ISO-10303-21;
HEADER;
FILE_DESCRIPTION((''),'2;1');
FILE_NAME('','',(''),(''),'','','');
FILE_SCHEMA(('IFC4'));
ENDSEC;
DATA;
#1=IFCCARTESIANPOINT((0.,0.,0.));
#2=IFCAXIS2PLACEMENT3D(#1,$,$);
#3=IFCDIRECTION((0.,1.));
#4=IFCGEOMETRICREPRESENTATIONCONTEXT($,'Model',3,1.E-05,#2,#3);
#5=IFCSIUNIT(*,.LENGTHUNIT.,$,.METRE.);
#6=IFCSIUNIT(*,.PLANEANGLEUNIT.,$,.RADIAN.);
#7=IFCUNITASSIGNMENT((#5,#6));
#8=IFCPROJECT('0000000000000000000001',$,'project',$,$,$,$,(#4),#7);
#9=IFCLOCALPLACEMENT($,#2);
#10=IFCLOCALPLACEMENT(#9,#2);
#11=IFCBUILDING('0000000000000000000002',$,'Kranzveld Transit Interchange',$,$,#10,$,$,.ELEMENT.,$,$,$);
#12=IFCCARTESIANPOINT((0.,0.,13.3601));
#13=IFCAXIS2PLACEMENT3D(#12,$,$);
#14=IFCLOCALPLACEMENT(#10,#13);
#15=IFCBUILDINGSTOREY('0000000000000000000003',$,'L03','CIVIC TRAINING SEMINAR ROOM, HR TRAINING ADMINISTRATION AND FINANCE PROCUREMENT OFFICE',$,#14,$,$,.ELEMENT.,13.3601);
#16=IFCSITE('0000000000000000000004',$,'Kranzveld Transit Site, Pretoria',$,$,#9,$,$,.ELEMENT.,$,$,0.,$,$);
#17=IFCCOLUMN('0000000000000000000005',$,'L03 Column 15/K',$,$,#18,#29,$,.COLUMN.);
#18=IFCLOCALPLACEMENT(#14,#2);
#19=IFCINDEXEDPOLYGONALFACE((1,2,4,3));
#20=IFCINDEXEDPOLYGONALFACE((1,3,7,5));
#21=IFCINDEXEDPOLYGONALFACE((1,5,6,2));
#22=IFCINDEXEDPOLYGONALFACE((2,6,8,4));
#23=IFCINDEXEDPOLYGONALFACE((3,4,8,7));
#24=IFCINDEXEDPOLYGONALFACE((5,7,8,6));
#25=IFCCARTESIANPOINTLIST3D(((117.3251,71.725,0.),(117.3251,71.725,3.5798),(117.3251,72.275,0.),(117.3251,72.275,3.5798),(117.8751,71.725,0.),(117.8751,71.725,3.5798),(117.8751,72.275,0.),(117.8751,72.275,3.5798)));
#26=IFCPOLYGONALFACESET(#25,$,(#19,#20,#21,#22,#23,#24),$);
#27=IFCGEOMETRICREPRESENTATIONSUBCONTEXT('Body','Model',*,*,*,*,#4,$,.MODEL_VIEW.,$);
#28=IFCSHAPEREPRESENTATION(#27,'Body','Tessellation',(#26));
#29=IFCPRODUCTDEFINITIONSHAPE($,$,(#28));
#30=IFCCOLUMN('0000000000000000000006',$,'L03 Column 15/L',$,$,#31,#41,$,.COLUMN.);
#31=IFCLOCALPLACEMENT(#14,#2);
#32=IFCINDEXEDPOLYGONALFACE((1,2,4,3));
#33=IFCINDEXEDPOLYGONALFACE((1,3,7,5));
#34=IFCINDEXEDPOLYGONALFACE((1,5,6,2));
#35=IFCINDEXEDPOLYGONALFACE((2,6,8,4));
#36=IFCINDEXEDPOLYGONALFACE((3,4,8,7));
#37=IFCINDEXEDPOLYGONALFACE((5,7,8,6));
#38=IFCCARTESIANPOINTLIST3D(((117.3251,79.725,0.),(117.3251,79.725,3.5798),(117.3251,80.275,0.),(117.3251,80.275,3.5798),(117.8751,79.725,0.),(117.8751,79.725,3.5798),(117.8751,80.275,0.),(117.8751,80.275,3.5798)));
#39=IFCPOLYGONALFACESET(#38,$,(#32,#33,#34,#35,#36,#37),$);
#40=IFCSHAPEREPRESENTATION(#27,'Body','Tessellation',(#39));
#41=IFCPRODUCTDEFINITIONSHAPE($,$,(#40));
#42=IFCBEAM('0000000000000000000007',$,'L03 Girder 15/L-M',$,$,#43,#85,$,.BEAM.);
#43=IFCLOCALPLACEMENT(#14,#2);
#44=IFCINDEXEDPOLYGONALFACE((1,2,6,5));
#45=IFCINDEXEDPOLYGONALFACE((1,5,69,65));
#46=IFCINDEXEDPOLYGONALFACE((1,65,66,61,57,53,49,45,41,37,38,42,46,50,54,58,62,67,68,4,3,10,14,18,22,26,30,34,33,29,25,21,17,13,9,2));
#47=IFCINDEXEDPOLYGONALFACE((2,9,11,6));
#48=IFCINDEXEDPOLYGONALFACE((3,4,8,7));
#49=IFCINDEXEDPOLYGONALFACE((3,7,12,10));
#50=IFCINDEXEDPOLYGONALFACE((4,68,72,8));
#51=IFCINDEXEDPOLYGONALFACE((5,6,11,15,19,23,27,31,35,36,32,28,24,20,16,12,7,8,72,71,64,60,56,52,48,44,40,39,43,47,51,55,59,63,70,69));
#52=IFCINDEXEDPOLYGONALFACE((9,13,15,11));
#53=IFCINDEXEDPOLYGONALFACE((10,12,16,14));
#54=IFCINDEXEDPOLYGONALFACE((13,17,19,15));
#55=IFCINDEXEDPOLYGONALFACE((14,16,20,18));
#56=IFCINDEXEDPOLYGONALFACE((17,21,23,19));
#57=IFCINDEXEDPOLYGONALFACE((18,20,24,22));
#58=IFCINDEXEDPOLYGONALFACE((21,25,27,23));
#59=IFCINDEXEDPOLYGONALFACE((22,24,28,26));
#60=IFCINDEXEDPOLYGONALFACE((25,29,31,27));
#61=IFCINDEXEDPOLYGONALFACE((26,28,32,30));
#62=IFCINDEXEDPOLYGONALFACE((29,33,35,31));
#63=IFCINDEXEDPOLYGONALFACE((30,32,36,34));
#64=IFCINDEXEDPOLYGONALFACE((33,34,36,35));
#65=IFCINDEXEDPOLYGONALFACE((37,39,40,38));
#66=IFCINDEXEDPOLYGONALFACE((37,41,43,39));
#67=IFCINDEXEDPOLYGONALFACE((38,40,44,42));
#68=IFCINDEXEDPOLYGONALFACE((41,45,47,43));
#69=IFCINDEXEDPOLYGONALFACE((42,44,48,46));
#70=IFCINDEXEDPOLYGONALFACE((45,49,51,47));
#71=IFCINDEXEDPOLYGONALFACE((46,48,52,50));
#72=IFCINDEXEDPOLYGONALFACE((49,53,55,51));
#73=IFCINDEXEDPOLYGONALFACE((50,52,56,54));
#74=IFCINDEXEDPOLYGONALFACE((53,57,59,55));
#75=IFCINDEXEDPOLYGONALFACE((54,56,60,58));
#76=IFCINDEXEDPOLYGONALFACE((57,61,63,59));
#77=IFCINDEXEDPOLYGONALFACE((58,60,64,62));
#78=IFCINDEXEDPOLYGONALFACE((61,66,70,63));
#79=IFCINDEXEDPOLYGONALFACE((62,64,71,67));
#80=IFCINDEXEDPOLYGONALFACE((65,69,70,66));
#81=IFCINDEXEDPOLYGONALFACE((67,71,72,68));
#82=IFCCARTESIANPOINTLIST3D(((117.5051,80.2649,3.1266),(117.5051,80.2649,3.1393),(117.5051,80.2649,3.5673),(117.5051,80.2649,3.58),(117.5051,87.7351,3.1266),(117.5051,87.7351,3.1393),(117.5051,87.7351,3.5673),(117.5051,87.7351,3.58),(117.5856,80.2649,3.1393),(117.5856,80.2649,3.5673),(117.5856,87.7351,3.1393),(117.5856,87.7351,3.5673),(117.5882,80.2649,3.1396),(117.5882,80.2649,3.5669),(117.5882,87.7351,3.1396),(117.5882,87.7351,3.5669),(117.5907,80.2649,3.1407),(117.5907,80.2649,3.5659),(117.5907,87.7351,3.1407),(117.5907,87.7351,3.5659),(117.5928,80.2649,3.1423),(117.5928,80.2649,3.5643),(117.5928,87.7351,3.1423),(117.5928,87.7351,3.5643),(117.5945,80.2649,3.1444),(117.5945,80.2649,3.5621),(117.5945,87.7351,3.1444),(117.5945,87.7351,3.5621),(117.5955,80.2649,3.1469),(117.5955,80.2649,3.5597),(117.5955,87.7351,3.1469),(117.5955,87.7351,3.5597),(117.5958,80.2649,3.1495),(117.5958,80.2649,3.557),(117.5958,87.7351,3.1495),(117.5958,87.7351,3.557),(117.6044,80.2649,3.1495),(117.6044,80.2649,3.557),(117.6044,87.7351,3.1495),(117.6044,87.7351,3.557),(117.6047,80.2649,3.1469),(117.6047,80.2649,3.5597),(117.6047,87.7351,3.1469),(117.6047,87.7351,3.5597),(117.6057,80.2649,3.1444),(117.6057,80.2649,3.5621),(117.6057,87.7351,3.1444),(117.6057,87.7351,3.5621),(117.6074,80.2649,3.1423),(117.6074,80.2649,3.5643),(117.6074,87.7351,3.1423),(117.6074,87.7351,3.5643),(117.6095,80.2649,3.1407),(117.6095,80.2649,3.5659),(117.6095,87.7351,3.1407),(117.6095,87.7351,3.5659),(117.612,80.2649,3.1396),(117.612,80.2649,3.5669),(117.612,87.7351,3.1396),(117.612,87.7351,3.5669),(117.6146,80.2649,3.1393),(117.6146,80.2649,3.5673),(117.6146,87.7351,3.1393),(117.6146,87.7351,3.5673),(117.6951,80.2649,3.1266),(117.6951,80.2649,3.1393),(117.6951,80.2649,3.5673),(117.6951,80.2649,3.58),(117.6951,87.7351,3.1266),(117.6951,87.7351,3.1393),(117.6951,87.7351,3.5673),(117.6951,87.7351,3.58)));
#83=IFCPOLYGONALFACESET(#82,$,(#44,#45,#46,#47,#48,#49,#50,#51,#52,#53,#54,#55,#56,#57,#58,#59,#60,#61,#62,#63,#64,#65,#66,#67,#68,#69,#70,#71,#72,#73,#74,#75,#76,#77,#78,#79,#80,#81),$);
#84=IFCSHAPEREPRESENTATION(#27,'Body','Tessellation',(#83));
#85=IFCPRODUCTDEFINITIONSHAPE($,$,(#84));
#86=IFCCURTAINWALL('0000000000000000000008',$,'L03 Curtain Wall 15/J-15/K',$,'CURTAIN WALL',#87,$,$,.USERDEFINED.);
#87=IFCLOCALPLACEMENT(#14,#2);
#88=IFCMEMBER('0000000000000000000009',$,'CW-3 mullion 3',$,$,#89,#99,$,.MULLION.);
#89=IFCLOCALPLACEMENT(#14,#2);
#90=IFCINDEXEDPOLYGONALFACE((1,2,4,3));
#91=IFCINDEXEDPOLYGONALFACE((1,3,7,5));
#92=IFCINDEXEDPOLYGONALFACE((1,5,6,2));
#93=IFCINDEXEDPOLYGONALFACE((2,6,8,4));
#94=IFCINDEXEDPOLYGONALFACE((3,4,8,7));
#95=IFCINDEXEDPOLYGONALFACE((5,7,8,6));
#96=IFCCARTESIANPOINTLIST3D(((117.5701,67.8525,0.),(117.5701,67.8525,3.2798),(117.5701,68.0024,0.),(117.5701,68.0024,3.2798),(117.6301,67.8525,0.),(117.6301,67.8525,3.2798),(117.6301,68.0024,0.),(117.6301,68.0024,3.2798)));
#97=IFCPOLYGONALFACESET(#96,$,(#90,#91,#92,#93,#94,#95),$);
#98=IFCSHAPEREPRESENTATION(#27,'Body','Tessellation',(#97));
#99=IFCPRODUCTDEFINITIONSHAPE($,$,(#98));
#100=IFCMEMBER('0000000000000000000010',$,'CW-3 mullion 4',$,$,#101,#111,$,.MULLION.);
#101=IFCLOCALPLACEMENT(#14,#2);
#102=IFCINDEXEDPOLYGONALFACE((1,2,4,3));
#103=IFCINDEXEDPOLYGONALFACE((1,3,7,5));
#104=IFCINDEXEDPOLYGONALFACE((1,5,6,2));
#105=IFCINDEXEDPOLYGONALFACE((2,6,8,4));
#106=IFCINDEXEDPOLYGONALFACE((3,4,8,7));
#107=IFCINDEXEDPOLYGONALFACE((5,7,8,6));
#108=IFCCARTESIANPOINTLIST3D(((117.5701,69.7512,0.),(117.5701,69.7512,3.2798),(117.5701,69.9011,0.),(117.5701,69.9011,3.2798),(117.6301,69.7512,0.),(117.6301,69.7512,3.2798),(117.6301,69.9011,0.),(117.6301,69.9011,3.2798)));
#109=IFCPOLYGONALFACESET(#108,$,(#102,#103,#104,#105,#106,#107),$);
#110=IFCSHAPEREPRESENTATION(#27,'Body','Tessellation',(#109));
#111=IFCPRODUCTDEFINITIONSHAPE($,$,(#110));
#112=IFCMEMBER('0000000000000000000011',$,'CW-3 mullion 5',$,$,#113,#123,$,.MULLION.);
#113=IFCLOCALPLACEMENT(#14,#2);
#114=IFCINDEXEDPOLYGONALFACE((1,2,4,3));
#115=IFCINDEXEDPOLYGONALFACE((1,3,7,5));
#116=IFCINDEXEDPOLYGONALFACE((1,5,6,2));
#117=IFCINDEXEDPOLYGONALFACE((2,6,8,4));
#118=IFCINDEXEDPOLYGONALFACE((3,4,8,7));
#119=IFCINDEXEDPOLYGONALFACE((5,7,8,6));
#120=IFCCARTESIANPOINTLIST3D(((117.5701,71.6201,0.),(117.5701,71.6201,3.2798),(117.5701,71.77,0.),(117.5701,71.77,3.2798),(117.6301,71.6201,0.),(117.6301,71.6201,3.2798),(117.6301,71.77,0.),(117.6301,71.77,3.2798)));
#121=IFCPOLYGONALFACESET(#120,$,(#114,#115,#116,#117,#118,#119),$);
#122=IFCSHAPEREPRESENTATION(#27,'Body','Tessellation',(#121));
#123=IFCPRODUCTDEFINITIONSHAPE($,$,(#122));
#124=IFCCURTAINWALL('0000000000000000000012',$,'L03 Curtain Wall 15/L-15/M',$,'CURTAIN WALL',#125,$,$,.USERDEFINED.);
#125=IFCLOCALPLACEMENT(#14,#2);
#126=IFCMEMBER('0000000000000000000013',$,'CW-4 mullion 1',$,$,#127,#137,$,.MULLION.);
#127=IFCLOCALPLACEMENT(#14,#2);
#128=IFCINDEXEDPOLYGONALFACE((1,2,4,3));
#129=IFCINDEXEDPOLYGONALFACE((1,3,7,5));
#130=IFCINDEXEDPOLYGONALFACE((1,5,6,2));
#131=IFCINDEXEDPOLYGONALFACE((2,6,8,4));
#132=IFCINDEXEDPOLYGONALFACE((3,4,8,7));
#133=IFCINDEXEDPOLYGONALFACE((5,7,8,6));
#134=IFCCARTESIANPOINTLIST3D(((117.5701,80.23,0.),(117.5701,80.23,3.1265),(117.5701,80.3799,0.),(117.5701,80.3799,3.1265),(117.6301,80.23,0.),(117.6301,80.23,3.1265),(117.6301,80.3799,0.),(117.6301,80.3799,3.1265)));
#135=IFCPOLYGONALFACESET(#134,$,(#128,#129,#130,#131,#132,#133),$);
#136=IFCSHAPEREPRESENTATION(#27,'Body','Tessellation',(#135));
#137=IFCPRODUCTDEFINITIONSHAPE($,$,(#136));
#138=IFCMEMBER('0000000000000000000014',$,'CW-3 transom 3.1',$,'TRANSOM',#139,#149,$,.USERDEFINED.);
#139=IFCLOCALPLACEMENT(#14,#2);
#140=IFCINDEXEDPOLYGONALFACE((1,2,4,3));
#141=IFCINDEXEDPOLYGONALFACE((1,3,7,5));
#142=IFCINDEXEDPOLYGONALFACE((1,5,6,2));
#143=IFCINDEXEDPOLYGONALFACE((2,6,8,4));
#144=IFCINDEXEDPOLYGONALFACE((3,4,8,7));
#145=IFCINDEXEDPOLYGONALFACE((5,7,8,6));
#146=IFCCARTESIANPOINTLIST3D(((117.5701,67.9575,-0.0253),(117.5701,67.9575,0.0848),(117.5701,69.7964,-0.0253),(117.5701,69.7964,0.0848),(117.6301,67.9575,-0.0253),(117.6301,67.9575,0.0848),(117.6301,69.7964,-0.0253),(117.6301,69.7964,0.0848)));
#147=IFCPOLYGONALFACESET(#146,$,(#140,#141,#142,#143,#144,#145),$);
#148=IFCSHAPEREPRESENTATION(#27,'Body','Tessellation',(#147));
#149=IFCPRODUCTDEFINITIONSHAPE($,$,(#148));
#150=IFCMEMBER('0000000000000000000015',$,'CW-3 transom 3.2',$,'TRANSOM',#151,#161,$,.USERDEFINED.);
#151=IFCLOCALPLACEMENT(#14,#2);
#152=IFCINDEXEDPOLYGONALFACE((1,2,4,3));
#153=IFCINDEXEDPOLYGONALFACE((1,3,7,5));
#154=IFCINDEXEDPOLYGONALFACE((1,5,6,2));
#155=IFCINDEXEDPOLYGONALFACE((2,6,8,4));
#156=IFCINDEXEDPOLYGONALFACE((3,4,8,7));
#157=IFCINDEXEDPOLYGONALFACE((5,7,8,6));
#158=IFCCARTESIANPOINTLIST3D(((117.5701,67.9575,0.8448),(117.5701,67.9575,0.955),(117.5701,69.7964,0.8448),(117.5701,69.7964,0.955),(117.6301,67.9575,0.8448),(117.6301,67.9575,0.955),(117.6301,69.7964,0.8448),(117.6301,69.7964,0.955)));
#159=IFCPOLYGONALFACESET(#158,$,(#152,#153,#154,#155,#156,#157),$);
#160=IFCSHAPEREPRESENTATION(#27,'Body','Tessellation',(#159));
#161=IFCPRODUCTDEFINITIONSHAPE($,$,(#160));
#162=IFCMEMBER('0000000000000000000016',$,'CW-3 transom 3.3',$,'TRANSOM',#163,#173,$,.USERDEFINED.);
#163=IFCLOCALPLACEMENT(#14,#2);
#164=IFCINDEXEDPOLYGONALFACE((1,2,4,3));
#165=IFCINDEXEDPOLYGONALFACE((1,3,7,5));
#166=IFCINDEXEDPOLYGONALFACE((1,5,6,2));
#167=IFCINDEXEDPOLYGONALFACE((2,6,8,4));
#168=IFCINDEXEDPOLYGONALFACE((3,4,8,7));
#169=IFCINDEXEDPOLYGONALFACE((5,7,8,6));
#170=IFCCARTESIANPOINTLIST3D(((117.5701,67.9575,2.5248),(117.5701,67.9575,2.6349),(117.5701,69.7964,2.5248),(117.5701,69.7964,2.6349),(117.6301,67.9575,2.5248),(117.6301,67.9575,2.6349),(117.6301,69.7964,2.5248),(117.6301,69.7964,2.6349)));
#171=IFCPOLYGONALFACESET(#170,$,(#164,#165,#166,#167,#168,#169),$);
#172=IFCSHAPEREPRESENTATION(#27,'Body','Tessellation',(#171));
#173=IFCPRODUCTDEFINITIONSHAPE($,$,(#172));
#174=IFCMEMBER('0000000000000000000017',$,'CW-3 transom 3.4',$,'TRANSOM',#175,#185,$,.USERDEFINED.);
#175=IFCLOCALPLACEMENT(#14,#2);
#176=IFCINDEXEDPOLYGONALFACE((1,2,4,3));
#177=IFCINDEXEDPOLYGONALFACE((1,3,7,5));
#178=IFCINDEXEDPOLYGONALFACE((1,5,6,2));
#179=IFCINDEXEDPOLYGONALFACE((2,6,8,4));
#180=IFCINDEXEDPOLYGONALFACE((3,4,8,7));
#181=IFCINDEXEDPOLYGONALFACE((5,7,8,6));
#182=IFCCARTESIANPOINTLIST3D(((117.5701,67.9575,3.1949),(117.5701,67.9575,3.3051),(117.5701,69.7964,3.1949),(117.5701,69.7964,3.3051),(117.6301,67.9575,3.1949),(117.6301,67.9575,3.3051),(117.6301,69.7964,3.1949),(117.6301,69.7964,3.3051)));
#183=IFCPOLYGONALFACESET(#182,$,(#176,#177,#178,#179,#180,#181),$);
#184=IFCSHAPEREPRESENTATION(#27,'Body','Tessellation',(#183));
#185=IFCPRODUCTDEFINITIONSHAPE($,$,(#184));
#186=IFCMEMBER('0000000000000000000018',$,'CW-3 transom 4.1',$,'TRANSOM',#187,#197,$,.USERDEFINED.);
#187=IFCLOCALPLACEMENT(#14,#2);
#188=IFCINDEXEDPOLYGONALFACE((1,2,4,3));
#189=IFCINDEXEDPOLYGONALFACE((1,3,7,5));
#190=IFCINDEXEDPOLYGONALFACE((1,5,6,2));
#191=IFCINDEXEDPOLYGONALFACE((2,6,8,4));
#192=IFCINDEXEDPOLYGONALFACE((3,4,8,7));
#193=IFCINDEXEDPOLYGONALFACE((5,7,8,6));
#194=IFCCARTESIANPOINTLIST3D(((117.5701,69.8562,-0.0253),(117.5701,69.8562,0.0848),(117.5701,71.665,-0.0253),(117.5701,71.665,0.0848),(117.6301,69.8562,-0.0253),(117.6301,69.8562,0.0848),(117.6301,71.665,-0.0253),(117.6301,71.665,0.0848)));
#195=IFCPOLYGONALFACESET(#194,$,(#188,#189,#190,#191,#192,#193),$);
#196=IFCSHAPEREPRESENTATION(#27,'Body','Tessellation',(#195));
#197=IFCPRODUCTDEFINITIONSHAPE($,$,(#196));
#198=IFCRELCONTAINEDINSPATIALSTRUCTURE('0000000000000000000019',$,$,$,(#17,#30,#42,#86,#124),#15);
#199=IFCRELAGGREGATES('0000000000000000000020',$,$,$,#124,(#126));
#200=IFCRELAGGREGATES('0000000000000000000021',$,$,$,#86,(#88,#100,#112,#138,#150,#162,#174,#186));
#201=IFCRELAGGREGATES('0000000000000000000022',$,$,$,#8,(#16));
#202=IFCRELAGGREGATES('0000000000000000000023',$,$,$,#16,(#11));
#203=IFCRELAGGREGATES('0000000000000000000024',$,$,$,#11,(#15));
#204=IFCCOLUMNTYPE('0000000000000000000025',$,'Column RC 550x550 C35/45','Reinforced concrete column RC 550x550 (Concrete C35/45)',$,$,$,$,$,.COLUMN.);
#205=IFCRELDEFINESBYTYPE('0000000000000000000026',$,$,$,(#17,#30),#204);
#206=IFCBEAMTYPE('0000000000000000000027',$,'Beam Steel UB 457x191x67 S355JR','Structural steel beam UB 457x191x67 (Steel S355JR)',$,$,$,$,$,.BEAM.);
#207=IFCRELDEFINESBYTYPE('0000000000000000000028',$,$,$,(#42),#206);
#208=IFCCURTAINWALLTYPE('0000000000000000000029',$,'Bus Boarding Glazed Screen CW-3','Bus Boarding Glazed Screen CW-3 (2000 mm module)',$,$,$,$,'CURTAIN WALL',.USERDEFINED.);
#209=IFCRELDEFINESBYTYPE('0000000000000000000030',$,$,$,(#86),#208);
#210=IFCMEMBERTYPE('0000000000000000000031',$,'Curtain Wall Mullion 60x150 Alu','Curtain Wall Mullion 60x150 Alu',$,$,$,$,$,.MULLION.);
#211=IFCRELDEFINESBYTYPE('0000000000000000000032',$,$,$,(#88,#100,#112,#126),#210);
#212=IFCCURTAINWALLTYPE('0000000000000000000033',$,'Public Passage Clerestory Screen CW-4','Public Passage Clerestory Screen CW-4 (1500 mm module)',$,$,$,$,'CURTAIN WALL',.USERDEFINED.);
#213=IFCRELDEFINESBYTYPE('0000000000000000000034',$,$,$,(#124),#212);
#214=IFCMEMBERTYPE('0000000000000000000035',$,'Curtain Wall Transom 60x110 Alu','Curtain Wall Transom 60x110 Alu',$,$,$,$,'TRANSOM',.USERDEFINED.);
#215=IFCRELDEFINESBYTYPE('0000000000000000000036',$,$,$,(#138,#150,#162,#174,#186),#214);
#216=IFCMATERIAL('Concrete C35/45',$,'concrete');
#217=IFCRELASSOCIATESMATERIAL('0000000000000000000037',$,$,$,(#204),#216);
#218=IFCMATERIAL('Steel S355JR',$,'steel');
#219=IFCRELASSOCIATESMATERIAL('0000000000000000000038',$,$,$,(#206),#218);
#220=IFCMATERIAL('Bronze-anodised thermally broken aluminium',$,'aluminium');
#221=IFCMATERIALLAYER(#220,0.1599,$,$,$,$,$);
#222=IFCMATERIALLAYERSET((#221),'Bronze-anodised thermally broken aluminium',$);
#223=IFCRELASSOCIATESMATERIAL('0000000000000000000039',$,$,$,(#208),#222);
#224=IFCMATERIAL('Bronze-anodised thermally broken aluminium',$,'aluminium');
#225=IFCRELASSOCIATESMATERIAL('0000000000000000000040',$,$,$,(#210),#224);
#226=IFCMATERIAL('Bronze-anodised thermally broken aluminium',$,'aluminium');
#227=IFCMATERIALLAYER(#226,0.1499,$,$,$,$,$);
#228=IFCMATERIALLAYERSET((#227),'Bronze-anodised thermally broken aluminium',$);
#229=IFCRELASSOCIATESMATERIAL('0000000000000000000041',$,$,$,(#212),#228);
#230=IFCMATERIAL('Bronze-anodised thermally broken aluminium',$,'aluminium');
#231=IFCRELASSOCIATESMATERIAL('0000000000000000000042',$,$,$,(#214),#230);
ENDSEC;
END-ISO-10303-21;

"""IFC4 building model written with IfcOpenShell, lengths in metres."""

from ifc_helpers import new_model, si_unit, direction, frame, origin, origin_2d, place, context, subcontext, project, spatial, rectangle, i_section, extrude, material, layer, layer_set, material_profile, profile_set, type_object, element, aggregate, save


model = new_model("IFC4")

# Units and contexts
model_context = context("Model", 3, precision=1e-05, world=origin(), true_north=direction((0.0, 1.0)))
body_context = subcontext(model_context, "Body", "Model", "MODEL_VIEW")
ifc_project = project(units=[si_unit("LENGTHUNIT", "METRE"), si_unit("PLANEANGLEUNIT", "RADIAN")], contexts=[model_context])

# Site, building, storey
site_placement = place(None, origin())
site = spatial("IfcSite", under=ifc_project, at=site_placement, Name="Kranzveld Transit Site, Pretoria", CompositionType="ELEMENT", RefElevation=0.0)
building_placement = place(site_placement, origin())
building = spatial("IfcBuilding", under=site, at=building_placement, Name="Kranzveld Transit Interchange", CompositionType="ELEMENT")
storey_placement = place(building_placement, frame((0.0, 0.0, 13.3601)))
storey = spatial("IfcBuildingStorey", under=building, at=storey_placement, Name="L03", Description="CIVIC TRAINING SEMINAR ROOM, HR TRAINING ADMINISTRATION AND FINANCE PROCUREMENT OFFICE", CompositionType="ELEMENT", Elevation=13.3601)

# Columns
ifc_material_1 = material(Name="Concrete C35/45", Category="concrete")
ifc_material_profile_1 = material_profile(ifc_material_1, rectangle(XDim=0.55, YDim=0.55, at=origin_2d()), Name="RC 550x550")
ifc_profile_set_1 = profile_set([ifc_material_profile_1], Name="Concrete C35/45")
column_type = type_object("IfcColumnType", Name="Column RC 550x550 C35/45", Description="Reinforced concrete column RC 550x550 (Concrete C35/45)", PredefinedType="COLUMN", material=ifc_profile_set_1)
for number, where, z_axis, x_axis, name in (
    (1, (117.6001, 72.0, 0.0), (0.0, 0.0, 1.0), (1.0, 0.0, 0.0), "L03 Column 15/K"),
    (2, (117.6001, 80.0, 0.0), (0.0, 0.0, 1.0), (1.0, 0.0, 0.0), "L03 Column 15/L"),
):
    element("IfcColumn", number, at=place(storey_placement, frame(where, z_axis=z_axis, x_axis=x_axis)), inside=storey, type_object=column_type, Name=name, PredefinedType="COLUMN", context=body_context, shape_type="SweptSolid", body=[
        extrude(rectangle(XDim=0.55, YDim=0.55, at=origin_2d()), origin(), (0.0, 0.0, 1.0), 3.5798),
    ])

# Beam
ifc_material_2 = material(Name="Steel S355JR", Category="steel")
ifc_material_profile_2 = material_profile(ifc_material_2, i_section(OverallWidth=0.1899, OverallDepth=0.4534, WebThickness=0.0085, FlangeThickness=0.0127, FilletRadius=0.0103, at=origin_2d()), Name="UB 457x191x67")
ifc_profile_set_2 = profile_set([ifc_material_profile_2], Name="Steel S355JR")
beam_type_1 = type_object("IfcBeamType", Name="Beam Steel UB 457x191x67 S355JR", Description="Structural steel beam UB 457x191x67 (Steel S355JR)", PredefinedType="BEAM", material=ifc_profile_set_2)
beam_1_placement = place(storey_placement, frame((117.6001, 80.2649, 3.3533), z_axis=(0.0, 1.0, 0.0), x_axis=(-1.0, 0.0, 0.0)))
element("IfcBeam", 3, at=beam_1_placement, inside=storey, type_object=beam_type_1, Name="L03 Girder 15/L-M", PredefinedType="BEAM", context=body_context, shape_type="SweptSolid", body=[
    extrude(i_section(OverallWidth=0.1899, OverallDepth=0.4534, WebThickness=0.0085, FlangeThickness=0.0127, FilletRadius=0.0103, at=origin_2d()), origin(), (0.0, 0.0, 1.0), 7.4702),
])

# Curtain wall, members
ifc_material_3 = material(Name="Bronze-anodised thermally broken aluminium", Category="aluminium")
ifc_layer_1 = layer(ifc_material_3, 0.1599)
ifc_layer_set_1 = layer_set([ifc_layer_1], Name="Bronze-anodised thermally broken aluminium")
curtain_wall_type_1 = type_object("IfcCurtainWallType", Name="Bus Boarding Glazed Screen CW-3", Description="Bus Boarding Glazed Screen CW-3 (2000 mm module)", ElementType="CURTAIN WALL", PredefinedType="USERDEFINED", material=ifc_layer_set_1)
curtain_wall_1_placement = place(storey_placement, origin())
curtain_wall_1 = element("IfcCurtainWall", 4, at=curtain_wall_1_placement, inside=storey, type_object=curtain_wall_type_1, Name="L03 Curtain Wall 15/J-15/K", ObjectType="CURTAIN WALL", PredefinedType="USERDEFINED")
ifc_material_4 = material(Name="Bronze-anodised thermally broken aluminium", Category="aluminium")
ifc_material_profile_3 = material_profile(ifc_material_4, rectangle(XDim=0.0601, YDim=0.1499, at=origin_2d()), Name="ALU MULLION 60x150")
ifc_profile_set_3 = profile_set([ifc_material_profile_3], Name="Bronze-anodised thermally broken aluminium")
member_type_1 = type_object("IfcMemberType", Name="Curtain Wall Mullion 60x150 Alu", Description="Curtain Wall Mullion 60x150 Alu", PredefinedType="MULLION", material=ifc_profile_set_3)
member_1_placement = place(storey_placement, frame((117.6001, 67.9275, 0.0), z_axis=(0.0, 0.0, 1.0), x_axis=(-1.0, 0.0, 0.0)))
member_1 = element("IfcMember", 5, at=member_1_placement, type_object=member_type_1, Name="CW-3 mullion 3", PredefinedType="MULLION", context=body_context, shape_type="SweptSolid", body=[
    extrude(rectangle(XDim=0.0601, YDim=0.1499, at=origin_2d()), origin(), (0.0, 0.0, 1.0), 3.2798),
])
member_2_placement = place(storey_placement, frame((117.6001, 69.8262, 0.0), z_axis=(0.0, 0.0, 1.0), x_axis=(-1.0, 0.0, 0.0)))
member_2 = element("IfcMember", 6, at=member_2_placement, type_object=member_type_1, Name="CW-3 mullion 4", PredefinedType="MULLION", context=body_context, shape_type="SweptSolid", body=[
    extrude(rectangle(XDim=0.0601, YDim=0.1499, at=origin_2d()), origin(), (0.0, 0.0, 1.0), 3.2798),
])
member_3_placement = place(storey_placement, frame((117.6001, 71.6951, 0.0), z_axis=(0.0, 0.0, 1.0), x_axis=(-1.0, 0.0, 0.0)))
member_3 = element("IfcMember", 7, at=member_3_placement, type_object=member_type_1, Name="CW-3 mullion 5", PredefinedType="MULLION", context=body_context, shape_type="SweptSolid", body=[
    extrude(rectangle(XDim=0.0601, YDim=0.1499, at=origin_2d()), origin(), (0.0, 0.0, 1.0), 3.2798),
])

# Curtain wall, member
ifc_material_5 = material(Name="Bronze-anodised thermally broken aluminium", Category="aluminium")
ifc_layer_2 = layer(ifc_material_5, 0.1499)
ifc_layer_set_2 = layer_set([ifc_layer_2], Name="Bronze-anodised thermally broken aluminium")
curtain_wall_type_2 = type_object("IfcCurtainWallType", Name="Public Passage Clerestory Screen CW-4", Description="Public Passage Clerestory Screen CW-4 (1500 mm module)", ElementType="CURTAIN WALL", PredefinedType="USERDEFINED", material=ifc_layer_set_2)
curtain_wall_2_placement = place(storey_placement, origin())
curtain_wall_2 = element("IfcCurtainWall", 8, at=curtain_wall_2_placement, inside=storey, type_object=curtain_wall_type_2, Name="L03 Curtain Wall 15/L-15/M", ObjectType="CURTAIN WALL", PredefinedType="USERDEFINED")
member_4_placement = place(storey_placement, frame((117.6001, 80.3049, 0.0), z_axis=(0.0, 0.0, 1.0), x_axis=(-1.0, 0.0, 0.0)))
member_4 = element("IfcMember", 9, at=member_4_placement, type_object=member_type_1, Name="CW-4 mullion 1", PredefinedType="MULLION", context=body_context, shape_type="SweptSolid", body=[
    extrude(rectangle(XDim=0.0601, YDim=0.1499, at=origin_2d()), origin(), (0.0, 0.0, 1.0), 3.1265),
])

# Members
ifc_material_6 = material(Name="Bronze-anodised thermally broken aluminium", Category="aluminium")
ifc_material_profile_4 = material_profile(ifc_material_6, rectangle(XDim=0.0601, YDim=0.1101, at=origin_2d()), Name="ALU TRANSOM 60x110")
ifc_profile_set_4 = profile_set([ifc_material_profile_4], Name="Bronze-anodised thermally broken aluminium")
member_type_2 = type_object("IfcMemberType", Name="Curtain Wall Transom 60x110 Alu", Description="Curtain Wall Transom 60x110 Alu", ElementType="TRANSOM", PredefinedType="USERDEFINED", material=ifc_profile_set_4)
member_5_placement = place(storey_placement, frame((117.6001, 67.9575, 0.0298), z_axis=(0.0, 1.0, 0.0), x_axis=(-1.0, 0.0, 0.0)))
member_5 = element("IfcMember", 10, at=member_5_placement, type_object=member_type_2, Name="CW-3 transom 3.1", ObjectType="TRANSOM", PredefinedType="USERDEFINED", context=body_context, shape_type="SweptSolid", body=[
    extrude(rectangle(XDim=0.0601, YDim=0.1101, at=origin_2d()), origin(), (0.0, 0.0, 1.0), 1.8389),
])
member_6_placement = place(storey_placement, frame((117.6001, 67.9575, 0.8999), z_axis=(0.0, 1.0, 0.0), x_axis=(-1.0, 0.0, 0.0)))
member_6 = element("IfcMember", 11, at=member_6_placement, type_object=member_type_2, Name="CW-3 transom 3.2", ObjectType="TRANSOM", PredefinedType="USERDEFINED", context=body_context, shape_type="SweptSolid", body=[
    extrude(rectangle(XDim=0.0601, YDim=0.1101, at=origin_2d()), origin(), (0.0, 0.0, 1.0), 1.8389),
])
member_7_placement = place(storey_placement, frame((117.6001, 67.9575, 2.5798), z_axis=(0.0, 1.0, 0.0), x_axis=(-1.0, 0.0, 0.0)))
member_7 = element("IfcMember", 12, at=member_7_placement, type_object=member_type_2, Name="CW-3 transom 3.3", ObjectType="TRANSOM", PredefinedType="USERDEFINED", context=body_context, shape_type="SweptSolid", body=[
    extrude(rectangle(XDim=0.0601, YDim=0.1101, at=origin_2d()), origin(), (0.0, 0.0, 1.0), 1.8389),
])
member_8_placement = place(storey_placement, frame((117.6001, 67.9575, 3.25), z_axis=(0.0, 1.0, 0.0), x_axis=(-1.0, 0.0, 0.0)))
member_8 = element("IfcMember", 13, at=member_8_placement, type_object=member_type_2, Name="CW-3 transom 3.4", ObjectType="TRANSOM", PredefinedType="USERDEFINED", context=body_context, shape_type="SweptSolid", body=[
    extrude(rectangle(XDim=0.0601, YDim=0.1101, at=origin_2d()), origin(), (0.0, 0.0, 1.0), 1.8389),
])
member_9_placement = place(storey_placement, frame((117.6001, 69.8562, 0.0298), z_axis=(0.0, 1.0, 0.0), x_axis=(-1.0, 0.0, 0.0)))
member_9 = element("IfcMember", 14, at=member_9_placement, type_object=member_type_2, Name="CW-3 transom 4.1", ObjectType="TRANSOM", PredefinedType="USERDEFINED", context=body_context, shape_type="SweptSolid", body=[
    extrude(rectangle(XDim=0.0601, YDim=0.1101, at=origin_2d()), origin(), (0.0, 0.0, 1.0), 1.8088),
])
aggregate(curtain_wall_2, [member_4])

aggregate(curtain_wall_1, [member_1, member_2, member_3, member_5, member_6, member_7, member_8, member_9])

save(model, "model.ifc")
